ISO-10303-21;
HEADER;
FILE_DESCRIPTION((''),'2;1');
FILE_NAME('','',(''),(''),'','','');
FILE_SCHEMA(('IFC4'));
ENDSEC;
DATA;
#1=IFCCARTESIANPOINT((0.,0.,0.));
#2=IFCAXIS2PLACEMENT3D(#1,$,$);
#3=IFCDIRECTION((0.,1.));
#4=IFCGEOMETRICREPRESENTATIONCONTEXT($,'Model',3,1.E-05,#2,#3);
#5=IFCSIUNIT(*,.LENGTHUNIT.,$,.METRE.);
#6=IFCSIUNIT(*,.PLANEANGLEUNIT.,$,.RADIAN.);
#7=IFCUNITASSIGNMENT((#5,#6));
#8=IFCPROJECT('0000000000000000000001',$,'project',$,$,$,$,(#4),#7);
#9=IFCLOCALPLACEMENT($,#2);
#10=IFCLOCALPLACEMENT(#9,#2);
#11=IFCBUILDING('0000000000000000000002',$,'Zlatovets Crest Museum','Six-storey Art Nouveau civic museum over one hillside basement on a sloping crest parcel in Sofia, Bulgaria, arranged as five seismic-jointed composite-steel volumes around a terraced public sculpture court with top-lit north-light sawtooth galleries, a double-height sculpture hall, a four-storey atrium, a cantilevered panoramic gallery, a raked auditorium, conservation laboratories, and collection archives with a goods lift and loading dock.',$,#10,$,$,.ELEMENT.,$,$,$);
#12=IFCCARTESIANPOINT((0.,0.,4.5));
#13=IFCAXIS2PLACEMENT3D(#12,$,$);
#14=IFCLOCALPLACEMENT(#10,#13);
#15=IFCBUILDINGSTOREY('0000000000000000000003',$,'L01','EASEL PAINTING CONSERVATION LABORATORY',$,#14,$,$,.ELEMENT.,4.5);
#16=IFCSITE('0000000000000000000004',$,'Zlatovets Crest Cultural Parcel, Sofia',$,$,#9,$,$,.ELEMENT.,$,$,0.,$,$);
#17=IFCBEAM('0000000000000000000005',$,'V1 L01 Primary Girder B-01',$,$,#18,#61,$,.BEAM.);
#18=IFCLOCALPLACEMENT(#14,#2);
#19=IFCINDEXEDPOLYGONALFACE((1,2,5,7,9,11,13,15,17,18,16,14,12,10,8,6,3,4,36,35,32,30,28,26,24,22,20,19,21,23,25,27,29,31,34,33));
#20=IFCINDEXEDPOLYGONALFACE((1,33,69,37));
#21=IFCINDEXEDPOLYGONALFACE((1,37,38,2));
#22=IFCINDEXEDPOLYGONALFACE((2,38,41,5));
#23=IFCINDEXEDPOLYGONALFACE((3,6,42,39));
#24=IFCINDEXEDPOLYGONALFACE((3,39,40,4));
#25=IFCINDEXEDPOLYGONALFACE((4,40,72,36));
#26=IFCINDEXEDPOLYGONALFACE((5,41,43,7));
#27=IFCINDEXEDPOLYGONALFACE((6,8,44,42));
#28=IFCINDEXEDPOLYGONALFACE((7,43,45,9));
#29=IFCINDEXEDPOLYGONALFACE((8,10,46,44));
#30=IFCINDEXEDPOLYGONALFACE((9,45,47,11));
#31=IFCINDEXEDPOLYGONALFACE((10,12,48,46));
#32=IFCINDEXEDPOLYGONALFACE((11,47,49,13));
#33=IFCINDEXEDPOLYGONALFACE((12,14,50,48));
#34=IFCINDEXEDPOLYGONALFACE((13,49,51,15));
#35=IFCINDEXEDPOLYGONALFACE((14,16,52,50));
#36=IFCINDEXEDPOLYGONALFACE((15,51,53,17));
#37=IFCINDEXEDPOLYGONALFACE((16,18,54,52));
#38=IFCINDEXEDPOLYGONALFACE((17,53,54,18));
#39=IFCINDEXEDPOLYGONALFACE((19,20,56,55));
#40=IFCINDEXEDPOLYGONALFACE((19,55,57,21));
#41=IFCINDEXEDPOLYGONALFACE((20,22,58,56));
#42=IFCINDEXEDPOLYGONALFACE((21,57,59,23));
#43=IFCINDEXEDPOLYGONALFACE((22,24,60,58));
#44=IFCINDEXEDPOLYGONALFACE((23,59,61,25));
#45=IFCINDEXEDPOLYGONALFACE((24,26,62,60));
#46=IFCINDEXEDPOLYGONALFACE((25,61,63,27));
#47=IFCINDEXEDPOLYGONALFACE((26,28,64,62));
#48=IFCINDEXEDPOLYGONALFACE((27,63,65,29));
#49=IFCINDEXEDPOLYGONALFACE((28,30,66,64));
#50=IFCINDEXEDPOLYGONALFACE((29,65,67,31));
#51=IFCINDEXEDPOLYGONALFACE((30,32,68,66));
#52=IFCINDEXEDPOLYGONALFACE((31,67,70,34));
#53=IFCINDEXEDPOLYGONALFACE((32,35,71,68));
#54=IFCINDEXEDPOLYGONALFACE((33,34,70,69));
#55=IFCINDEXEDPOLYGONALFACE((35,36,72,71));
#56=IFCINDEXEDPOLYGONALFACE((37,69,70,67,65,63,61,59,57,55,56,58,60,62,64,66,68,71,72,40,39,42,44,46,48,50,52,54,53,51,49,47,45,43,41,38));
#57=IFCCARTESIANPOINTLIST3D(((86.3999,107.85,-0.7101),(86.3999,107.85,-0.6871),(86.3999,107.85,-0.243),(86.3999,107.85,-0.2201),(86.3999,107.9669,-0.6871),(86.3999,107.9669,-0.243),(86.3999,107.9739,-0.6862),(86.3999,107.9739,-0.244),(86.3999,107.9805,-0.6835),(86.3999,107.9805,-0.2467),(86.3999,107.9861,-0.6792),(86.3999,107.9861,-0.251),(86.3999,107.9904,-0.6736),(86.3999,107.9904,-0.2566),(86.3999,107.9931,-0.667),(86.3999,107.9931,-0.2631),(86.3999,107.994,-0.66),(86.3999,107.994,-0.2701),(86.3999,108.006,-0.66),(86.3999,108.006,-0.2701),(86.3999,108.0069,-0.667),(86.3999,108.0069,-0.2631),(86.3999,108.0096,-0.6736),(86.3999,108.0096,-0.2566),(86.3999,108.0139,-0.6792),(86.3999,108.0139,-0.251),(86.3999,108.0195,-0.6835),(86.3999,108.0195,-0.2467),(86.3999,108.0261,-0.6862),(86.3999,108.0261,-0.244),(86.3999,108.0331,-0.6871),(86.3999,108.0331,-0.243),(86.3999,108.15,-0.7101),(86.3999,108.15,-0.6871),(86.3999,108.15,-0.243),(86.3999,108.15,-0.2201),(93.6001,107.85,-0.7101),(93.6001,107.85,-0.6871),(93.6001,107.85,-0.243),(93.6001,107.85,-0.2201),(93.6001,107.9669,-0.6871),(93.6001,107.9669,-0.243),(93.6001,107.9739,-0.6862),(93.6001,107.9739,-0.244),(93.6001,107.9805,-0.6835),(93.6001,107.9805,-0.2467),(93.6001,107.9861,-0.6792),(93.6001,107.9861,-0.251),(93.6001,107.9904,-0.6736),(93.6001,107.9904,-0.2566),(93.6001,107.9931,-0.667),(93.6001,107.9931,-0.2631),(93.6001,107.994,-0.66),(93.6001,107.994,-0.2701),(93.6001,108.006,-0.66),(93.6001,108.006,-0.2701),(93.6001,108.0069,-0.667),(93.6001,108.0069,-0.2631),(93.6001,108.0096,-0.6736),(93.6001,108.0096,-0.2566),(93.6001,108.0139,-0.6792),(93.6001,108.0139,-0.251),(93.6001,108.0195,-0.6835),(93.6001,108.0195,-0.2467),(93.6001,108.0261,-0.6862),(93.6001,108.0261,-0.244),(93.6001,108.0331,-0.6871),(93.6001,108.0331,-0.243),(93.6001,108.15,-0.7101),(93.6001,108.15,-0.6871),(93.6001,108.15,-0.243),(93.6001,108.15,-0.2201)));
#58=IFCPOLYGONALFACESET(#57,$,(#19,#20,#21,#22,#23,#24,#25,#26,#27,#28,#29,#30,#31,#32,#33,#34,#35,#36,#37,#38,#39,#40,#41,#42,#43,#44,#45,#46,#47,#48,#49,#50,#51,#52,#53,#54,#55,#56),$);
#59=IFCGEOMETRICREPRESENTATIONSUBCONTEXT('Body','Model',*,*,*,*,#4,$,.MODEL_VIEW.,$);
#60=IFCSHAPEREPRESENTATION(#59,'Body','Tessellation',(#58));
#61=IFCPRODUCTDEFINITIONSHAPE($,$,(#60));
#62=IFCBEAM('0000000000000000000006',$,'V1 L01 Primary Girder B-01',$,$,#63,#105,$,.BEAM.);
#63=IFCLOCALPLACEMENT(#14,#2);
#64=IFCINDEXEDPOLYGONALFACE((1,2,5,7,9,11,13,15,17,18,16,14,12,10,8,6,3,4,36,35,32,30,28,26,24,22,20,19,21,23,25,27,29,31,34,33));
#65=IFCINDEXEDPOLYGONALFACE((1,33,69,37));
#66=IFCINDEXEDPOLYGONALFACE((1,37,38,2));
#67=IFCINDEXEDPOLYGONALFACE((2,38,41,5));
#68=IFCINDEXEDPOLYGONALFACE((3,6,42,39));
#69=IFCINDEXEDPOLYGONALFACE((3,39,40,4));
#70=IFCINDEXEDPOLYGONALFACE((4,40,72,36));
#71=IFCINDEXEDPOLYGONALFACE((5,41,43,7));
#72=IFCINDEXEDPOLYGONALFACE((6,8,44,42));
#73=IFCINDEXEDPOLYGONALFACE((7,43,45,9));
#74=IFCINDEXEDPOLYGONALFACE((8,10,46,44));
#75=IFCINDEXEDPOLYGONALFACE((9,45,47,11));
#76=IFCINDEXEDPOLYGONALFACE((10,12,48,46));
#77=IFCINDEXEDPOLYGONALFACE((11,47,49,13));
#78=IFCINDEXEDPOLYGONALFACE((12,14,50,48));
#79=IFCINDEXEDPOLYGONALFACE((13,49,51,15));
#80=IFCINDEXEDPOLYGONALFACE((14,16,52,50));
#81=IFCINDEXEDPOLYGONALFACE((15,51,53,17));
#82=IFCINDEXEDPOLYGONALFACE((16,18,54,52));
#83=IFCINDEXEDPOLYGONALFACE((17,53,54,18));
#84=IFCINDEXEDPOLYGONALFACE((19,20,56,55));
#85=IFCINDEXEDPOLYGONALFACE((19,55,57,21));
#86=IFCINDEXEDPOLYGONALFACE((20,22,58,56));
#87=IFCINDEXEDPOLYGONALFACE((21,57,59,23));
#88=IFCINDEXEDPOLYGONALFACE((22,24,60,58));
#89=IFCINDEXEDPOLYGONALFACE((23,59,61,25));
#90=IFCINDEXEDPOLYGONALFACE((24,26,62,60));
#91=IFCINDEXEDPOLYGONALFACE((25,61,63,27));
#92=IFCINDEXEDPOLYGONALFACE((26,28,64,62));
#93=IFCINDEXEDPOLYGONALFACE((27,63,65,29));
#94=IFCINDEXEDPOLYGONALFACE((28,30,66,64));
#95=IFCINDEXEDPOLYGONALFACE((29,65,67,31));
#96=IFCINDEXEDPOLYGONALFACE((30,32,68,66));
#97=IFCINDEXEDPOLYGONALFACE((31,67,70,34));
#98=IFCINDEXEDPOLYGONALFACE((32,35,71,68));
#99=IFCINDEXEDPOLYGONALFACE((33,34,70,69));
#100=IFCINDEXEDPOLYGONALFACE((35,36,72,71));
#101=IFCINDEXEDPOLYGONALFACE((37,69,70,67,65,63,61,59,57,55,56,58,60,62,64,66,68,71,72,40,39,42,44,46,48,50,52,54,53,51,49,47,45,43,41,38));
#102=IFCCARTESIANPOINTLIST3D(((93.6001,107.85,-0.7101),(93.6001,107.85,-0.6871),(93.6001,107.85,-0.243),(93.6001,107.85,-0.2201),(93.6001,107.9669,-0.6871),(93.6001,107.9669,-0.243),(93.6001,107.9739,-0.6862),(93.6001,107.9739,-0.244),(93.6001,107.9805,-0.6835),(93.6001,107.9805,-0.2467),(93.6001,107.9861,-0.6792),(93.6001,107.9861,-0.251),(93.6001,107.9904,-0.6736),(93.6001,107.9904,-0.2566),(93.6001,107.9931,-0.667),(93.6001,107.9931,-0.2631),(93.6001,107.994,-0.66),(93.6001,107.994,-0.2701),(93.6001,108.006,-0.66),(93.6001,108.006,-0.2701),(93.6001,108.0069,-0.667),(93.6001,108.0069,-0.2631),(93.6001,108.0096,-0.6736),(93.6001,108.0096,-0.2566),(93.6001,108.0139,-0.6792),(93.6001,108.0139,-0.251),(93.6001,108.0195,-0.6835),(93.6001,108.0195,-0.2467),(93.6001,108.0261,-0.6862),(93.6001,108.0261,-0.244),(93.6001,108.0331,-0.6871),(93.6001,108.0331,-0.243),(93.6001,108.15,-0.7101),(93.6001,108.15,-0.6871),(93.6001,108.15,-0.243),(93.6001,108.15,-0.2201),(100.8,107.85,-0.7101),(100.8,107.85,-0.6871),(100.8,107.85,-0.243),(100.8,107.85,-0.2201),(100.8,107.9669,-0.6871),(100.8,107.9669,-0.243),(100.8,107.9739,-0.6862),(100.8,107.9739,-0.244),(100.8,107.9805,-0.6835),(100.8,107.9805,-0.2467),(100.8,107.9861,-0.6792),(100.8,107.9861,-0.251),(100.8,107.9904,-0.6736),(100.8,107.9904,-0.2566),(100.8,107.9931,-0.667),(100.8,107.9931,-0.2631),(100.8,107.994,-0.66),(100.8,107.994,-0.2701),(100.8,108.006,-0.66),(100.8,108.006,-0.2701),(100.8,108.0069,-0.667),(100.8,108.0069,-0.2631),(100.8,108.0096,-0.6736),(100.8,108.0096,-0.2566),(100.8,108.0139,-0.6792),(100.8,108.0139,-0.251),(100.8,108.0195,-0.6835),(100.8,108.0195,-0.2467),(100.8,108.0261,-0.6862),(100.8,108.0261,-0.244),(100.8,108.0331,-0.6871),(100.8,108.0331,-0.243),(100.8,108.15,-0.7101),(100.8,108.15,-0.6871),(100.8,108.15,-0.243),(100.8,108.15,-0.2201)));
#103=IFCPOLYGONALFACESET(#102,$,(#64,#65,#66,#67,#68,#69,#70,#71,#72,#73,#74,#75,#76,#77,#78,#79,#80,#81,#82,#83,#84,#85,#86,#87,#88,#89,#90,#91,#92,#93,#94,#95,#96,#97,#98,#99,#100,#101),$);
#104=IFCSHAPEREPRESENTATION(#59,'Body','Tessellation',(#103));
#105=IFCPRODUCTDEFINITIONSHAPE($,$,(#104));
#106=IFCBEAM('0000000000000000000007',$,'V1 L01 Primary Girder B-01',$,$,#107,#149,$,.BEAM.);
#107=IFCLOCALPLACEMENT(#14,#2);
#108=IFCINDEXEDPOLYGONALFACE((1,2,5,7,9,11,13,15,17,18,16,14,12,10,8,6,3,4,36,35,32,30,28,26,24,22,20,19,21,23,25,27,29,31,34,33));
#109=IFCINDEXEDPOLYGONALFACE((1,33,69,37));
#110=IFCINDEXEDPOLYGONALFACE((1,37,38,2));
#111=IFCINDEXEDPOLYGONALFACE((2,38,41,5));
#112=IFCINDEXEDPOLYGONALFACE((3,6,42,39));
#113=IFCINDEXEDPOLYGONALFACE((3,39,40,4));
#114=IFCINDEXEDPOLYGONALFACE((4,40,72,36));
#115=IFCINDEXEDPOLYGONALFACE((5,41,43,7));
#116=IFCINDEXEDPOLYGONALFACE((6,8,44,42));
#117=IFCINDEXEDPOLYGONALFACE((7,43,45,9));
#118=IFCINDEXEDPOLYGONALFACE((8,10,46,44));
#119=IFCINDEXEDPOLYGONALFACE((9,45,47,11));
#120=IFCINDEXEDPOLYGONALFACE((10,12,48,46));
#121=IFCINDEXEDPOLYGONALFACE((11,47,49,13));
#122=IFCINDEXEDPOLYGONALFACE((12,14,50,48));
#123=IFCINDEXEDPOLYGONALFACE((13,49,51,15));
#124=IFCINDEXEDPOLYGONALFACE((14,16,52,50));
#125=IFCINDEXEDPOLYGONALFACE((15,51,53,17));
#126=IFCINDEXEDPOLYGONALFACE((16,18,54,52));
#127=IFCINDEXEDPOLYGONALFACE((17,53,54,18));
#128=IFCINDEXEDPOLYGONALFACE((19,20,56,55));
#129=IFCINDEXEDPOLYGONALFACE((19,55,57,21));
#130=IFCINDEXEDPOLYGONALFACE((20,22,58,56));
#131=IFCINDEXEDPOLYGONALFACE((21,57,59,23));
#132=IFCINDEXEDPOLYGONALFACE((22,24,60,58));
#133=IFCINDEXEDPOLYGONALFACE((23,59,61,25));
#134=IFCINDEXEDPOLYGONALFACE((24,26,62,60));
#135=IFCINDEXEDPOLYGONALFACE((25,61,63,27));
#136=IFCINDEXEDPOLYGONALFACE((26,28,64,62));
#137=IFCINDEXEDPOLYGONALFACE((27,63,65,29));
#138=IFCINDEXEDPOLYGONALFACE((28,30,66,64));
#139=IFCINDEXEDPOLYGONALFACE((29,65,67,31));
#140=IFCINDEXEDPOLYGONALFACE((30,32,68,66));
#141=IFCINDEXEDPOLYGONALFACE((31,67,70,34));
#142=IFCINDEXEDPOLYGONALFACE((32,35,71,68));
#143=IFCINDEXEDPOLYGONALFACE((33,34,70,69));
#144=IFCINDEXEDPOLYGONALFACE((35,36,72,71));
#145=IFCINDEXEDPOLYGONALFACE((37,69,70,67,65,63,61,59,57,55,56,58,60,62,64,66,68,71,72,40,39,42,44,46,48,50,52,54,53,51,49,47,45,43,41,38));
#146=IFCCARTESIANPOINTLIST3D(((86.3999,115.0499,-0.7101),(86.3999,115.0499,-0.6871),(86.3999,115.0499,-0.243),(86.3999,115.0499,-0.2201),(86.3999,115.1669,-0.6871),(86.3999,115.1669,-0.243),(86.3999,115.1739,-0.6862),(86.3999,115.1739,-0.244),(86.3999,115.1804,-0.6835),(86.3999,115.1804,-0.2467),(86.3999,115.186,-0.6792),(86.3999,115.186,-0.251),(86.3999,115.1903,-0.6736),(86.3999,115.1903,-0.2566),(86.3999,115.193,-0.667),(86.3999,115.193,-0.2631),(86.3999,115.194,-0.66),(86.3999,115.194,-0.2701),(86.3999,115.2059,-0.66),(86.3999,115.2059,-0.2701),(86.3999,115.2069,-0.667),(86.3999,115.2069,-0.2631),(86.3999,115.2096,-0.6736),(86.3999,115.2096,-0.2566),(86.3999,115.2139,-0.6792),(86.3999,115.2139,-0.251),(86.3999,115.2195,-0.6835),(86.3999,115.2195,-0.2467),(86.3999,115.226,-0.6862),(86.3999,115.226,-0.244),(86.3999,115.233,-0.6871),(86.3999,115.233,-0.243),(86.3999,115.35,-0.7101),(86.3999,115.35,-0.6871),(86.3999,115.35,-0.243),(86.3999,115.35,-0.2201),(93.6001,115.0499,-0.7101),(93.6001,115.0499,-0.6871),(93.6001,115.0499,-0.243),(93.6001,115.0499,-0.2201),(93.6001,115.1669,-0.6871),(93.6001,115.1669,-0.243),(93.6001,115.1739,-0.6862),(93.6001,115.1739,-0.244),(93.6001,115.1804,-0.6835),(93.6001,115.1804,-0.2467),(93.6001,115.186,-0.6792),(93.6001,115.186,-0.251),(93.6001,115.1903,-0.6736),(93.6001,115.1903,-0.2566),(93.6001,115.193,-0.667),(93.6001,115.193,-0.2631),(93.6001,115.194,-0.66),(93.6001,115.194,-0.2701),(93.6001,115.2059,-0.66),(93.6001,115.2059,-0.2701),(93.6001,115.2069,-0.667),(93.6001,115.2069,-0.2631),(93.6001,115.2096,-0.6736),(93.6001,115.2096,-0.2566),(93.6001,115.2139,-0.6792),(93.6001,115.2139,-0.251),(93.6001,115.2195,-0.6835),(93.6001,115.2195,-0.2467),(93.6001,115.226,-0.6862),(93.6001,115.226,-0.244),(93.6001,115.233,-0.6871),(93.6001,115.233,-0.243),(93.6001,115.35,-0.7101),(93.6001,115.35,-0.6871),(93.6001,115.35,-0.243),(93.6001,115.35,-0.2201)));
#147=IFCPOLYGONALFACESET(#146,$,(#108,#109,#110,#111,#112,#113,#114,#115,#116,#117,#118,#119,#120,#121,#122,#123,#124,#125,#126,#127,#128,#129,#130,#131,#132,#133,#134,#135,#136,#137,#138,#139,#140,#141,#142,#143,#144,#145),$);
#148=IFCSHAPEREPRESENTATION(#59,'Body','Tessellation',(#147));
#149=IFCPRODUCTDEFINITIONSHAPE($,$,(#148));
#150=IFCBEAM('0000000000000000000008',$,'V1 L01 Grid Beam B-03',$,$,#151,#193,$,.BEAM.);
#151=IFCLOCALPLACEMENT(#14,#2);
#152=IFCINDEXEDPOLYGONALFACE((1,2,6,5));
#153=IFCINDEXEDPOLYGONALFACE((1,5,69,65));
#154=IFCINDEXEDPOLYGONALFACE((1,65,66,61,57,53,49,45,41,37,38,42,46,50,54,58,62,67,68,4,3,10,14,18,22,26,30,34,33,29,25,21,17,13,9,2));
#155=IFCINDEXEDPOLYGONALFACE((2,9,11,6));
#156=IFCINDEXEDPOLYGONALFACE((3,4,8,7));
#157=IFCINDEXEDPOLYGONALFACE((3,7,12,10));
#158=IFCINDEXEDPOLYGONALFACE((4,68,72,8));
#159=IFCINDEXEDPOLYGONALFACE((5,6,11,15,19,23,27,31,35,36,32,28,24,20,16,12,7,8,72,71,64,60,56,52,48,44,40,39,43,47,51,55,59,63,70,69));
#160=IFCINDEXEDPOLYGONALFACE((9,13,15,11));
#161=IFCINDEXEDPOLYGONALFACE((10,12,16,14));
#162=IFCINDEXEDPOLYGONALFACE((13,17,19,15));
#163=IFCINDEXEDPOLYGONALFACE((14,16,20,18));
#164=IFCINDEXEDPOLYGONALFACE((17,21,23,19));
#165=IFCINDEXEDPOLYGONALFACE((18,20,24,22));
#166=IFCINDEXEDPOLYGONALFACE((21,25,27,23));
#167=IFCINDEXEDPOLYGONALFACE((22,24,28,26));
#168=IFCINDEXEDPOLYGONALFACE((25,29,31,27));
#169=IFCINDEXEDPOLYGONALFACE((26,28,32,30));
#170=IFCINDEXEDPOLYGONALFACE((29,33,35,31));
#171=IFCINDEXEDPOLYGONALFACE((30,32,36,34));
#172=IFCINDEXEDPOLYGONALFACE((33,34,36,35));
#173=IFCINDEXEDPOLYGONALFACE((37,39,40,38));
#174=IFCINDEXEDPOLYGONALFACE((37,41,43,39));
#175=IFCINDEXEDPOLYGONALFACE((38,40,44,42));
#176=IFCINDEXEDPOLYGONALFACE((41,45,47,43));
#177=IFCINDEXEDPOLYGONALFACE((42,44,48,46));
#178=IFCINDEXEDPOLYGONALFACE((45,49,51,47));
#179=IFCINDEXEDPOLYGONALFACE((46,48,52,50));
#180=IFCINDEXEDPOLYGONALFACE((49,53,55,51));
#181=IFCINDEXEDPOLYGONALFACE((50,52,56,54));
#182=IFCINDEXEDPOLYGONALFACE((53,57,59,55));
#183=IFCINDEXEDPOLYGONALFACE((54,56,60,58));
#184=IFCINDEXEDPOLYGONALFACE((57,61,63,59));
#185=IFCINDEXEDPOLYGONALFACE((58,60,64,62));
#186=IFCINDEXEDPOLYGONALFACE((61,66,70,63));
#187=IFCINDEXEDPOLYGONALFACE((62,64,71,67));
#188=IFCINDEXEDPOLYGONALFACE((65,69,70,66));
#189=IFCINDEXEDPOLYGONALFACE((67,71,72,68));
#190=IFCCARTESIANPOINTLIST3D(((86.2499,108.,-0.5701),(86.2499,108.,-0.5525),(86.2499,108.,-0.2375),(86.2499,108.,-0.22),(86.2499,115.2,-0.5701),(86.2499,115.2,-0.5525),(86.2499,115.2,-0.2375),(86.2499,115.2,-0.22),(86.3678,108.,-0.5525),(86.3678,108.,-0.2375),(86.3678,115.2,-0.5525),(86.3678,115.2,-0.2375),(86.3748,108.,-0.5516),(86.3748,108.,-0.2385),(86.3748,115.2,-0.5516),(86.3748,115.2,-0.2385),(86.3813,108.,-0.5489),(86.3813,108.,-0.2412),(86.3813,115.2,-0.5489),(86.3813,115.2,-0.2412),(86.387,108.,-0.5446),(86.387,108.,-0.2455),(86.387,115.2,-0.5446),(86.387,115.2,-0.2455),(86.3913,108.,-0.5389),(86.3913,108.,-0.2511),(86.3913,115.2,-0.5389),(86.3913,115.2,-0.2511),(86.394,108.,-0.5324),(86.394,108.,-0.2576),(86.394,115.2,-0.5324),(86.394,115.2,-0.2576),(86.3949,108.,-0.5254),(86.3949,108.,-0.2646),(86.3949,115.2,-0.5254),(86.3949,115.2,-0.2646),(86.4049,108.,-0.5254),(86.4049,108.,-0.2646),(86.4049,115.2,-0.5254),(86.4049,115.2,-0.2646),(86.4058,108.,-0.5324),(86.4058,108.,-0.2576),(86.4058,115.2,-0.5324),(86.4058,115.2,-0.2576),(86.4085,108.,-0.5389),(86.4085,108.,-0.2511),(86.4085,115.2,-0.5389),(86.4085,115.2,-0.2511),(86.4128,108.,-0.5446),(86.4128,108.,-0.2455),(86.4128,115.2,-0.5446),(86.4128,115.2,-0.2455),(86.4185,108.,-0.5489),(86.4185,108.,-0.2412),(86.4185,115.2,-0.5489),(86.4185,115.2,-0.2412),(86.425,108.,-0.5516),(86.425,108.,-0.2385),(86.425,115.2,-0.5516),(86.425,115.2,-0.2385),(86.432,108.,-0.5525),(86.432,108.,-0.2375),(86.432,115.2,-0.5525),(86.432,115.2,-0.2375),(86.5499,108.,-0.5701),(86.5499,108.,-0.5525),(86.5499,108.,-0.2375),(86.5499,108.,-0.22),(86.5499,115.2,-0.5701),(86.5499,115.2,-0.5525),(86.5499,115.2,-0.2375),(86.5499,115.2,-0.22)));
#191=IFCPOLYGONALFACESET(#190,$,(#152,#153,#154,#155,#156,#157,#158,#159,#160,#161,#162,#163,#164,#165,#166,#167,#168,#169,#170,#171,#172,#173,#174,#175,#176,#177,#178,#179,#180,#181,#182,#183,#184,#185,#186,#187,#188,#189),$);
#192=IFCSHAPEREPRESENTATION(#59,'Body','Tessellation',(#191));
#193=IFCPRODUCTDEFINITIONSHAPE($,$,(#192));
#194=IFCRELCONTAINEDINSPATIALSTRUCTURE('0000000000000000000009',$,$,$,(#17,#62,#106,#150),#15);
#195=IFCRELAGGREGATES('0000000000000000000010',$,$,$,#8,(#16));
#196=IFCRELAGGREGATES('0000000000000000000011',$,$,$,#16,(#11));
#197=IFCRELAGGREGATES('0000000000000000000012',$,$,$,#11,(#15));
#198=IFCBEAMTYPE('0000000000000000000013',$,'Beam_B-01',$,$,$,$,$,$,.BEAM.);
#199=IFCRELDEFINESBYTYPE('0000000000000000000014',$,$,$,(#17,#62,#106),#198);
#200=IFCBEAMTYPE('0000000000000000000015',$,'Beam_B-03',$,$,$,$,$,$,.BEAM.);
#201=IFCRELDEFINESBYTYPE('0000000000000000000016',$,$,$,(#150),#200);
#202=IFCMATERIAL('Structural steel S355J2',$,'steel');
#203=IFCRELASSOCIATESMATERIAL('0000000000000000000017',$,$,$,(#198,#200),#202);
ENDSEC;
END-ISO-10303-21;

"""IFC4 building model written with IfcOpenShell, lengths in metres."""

from ifc_helpers import new_model, si_unit, direction, frame, origin, origin_2d, place, context, subcontext, project, spatial, i_section, extrude, material, material_profile, profile_set, type_object, element, save


model = new_model("IFC4")

# Units and contexts
model_context = context("Model", 3, precision=1e-05, world=origin(), true_north=direction((0.0, 1.0)))
body_context = subcontext(model_context, "Body", "Model", "MODEL_VIEW")
ifc_project = project(units=[si_unit("LENGTHUNIT", "METRE"), si_unit("PLANEANGLEUNIT", "RADIAN")], contexts=[model_context])

# Site, building, storey
site_placement = place(None, origin())
site = spatial("IfcSite", under=ifc_project, at=site_placement, Name="Zlatovets Crest Cultural Parcel, Sofia", CompositionType="ELEMENT", RefElevation=0.0)
building_placement = place(site_placement, origin())
building = spatial("IfcBuilding", under=site, at=building_placement, Name="Zlatovets Crest Museum", Description="Six-storey Art Nouveau civic museum over one hillside basement on a sloping crest parcel in Sofia, Bulgaria, arranged as five seismic-jointed composite-steel volumes around a terraced public sculpture court with top-lit north-light sawtooth galleries, a double-height sculpture hall, a four-storey atrium, a cantilevered panoramic gallery, a raked auditorium, conservation laboratories, and collection archives with a goods lift and loading dock.", CompositionType="ELEMENT")
storey_placement = place(building_placement, frame((0.0, 0.0, 4.5)))
storey = spatial("IfcBuildingStorey", under=building, at=storey_placement, Name="L01", Description="EASEL PAINTING CONSERVATION LABORATORY", CompositionType="ELEMENT", Elevation=4.5)

# Shared definitions
ifc_material_1 = material(Name="Structural steel S355J2", Category="steel")

# Beams
ifc_material_profile_1 = material_profile(ifc_material_1, i_section(OverallWidth=0.3, OverallDepth=0.49, WebThickness=0.012, FlangeThickness=0.0229, FilletRadius=0.0271, at=origin_2d()), Name="HEA 500")
ifc_profile_set_1 = profile_set([ifc_material_profile_1], Name="Structural steel S355J2")
beam_type_1 = type_object("IfcBeamType", Name="Beam_B-01", PredefinedType="BEAM", material=ifc_profile_set_1)
beam_1_placement = place(storey_placement, frame((86.3999, 108.0, -0.4651), z_axis=(1.0, 0.0, 0.0), x_axis=(0.0, 1.0, 0.0)))
element("IfcBeam", 1, at=beam_1_placement, inside=storey, type_object=beam_type_1, Name="V1 L01 Primary Girder B-01", PredefinedType="BEAM", context=body_context, shape_type="SweptSolid", body=[
    extrude(i_section(OverallWidth=0.3, OverallDepth=0.49, WebThickness=0.012, FlangeThickness=0.0229, FilletRadius=0.0271, at=origin_2d()), origin(), (0.0, 0.0, 1.0), 7.2002),
])
beam_2_placement = place(storey_placement, frame((93.6001, 108.0, -0.4651), z_axis=(1.0, 0.0, 0.0), x_axis=(0.0, 1.0, 0.0)))
element("IfcBeam", 2, at=beam_2_placement, inside=storey, type_object=beam_type_1, Name="V1 L01 Primary Girder B-01", PredefinedType="BEAM", context=body_context, shape_type="SweptSolid", body=[
    extrude(i_section(OverallWidth=0.3, OverallDepth=0.49, WebThickness=0.012, FlangeThickness=0.0229, FilletRadius=0.0271, at=origin_2d()), origin(), (0.0, 0.0, 1.0), 7.2),
])
beam_3_placement = place(storey_placement, frame((86.3999, 115.2, -0.4651), z_axis=(1.0, 0.0, 0.0), x_axis=(0.0, 1.0, 0.0)))
element("IfcBeam", 3, at=beam_3_placement, inside=storey, type_object=beam_type_1, Name="V1 L01 Primary Girder B-01", PredefinedType="BEAM", context=body_context, shape_type="SweptSolid", body=[
    extrude(i_section(OverallWidth=0.3, OverallDepth=0.49, WebThickness=0.012, FlangeThickness=0.0229, FilletRadius=0.0271, at=origin_2d()), origin(), (0.0, 0.0, 1.0), 7.2002),
])
ifc_material_profile_2 = material_profile(ifc_material_1, i_section(OverallWidth=0.3, OverallDepth=0.3501, WebThickness=0.01, FlangeThickness=0.0176, FilletRadius=0.0271, at=origin_2d()), Name="HEA 360")
ifc_profile_set_2 = profile_set([ifc_material_profile_2], Name="Structural steel S355J2")
beam_type_2 = type_object("IfcBeamType", Name="Beam_B-03", PredefinedType="BEAM", material=ifc_profile_set_2)
for number, where, z_axis, x_axis, name in (
    (4, (86.3999, 108.0, -0.395), (0.0, 1.0, 0.0), (-1.0, 0.0, 0.0), "V1 L01 Grid Beam B-03"),
):
    element("IfcBeam", number, at=place(storey_placement, frame(where, z_axis=z_axis, x_axis=x_axis)), inside=storey, type_object=beam_type_2, Name=name, PredefinedType="BEAM", context=body_context, shape_type="SweptSolid", body=[
        extrude(i_section(OverallWidth=0.3, OverallDepth=0.3501, WebThickness=0.01, FlangeThickness=0.0176, FilletRadius=0.0271, at=origin_2d()), origin(), (0.0, 0.0, 1.0), 7.2),
    ])

save(model, "model.ifc")
